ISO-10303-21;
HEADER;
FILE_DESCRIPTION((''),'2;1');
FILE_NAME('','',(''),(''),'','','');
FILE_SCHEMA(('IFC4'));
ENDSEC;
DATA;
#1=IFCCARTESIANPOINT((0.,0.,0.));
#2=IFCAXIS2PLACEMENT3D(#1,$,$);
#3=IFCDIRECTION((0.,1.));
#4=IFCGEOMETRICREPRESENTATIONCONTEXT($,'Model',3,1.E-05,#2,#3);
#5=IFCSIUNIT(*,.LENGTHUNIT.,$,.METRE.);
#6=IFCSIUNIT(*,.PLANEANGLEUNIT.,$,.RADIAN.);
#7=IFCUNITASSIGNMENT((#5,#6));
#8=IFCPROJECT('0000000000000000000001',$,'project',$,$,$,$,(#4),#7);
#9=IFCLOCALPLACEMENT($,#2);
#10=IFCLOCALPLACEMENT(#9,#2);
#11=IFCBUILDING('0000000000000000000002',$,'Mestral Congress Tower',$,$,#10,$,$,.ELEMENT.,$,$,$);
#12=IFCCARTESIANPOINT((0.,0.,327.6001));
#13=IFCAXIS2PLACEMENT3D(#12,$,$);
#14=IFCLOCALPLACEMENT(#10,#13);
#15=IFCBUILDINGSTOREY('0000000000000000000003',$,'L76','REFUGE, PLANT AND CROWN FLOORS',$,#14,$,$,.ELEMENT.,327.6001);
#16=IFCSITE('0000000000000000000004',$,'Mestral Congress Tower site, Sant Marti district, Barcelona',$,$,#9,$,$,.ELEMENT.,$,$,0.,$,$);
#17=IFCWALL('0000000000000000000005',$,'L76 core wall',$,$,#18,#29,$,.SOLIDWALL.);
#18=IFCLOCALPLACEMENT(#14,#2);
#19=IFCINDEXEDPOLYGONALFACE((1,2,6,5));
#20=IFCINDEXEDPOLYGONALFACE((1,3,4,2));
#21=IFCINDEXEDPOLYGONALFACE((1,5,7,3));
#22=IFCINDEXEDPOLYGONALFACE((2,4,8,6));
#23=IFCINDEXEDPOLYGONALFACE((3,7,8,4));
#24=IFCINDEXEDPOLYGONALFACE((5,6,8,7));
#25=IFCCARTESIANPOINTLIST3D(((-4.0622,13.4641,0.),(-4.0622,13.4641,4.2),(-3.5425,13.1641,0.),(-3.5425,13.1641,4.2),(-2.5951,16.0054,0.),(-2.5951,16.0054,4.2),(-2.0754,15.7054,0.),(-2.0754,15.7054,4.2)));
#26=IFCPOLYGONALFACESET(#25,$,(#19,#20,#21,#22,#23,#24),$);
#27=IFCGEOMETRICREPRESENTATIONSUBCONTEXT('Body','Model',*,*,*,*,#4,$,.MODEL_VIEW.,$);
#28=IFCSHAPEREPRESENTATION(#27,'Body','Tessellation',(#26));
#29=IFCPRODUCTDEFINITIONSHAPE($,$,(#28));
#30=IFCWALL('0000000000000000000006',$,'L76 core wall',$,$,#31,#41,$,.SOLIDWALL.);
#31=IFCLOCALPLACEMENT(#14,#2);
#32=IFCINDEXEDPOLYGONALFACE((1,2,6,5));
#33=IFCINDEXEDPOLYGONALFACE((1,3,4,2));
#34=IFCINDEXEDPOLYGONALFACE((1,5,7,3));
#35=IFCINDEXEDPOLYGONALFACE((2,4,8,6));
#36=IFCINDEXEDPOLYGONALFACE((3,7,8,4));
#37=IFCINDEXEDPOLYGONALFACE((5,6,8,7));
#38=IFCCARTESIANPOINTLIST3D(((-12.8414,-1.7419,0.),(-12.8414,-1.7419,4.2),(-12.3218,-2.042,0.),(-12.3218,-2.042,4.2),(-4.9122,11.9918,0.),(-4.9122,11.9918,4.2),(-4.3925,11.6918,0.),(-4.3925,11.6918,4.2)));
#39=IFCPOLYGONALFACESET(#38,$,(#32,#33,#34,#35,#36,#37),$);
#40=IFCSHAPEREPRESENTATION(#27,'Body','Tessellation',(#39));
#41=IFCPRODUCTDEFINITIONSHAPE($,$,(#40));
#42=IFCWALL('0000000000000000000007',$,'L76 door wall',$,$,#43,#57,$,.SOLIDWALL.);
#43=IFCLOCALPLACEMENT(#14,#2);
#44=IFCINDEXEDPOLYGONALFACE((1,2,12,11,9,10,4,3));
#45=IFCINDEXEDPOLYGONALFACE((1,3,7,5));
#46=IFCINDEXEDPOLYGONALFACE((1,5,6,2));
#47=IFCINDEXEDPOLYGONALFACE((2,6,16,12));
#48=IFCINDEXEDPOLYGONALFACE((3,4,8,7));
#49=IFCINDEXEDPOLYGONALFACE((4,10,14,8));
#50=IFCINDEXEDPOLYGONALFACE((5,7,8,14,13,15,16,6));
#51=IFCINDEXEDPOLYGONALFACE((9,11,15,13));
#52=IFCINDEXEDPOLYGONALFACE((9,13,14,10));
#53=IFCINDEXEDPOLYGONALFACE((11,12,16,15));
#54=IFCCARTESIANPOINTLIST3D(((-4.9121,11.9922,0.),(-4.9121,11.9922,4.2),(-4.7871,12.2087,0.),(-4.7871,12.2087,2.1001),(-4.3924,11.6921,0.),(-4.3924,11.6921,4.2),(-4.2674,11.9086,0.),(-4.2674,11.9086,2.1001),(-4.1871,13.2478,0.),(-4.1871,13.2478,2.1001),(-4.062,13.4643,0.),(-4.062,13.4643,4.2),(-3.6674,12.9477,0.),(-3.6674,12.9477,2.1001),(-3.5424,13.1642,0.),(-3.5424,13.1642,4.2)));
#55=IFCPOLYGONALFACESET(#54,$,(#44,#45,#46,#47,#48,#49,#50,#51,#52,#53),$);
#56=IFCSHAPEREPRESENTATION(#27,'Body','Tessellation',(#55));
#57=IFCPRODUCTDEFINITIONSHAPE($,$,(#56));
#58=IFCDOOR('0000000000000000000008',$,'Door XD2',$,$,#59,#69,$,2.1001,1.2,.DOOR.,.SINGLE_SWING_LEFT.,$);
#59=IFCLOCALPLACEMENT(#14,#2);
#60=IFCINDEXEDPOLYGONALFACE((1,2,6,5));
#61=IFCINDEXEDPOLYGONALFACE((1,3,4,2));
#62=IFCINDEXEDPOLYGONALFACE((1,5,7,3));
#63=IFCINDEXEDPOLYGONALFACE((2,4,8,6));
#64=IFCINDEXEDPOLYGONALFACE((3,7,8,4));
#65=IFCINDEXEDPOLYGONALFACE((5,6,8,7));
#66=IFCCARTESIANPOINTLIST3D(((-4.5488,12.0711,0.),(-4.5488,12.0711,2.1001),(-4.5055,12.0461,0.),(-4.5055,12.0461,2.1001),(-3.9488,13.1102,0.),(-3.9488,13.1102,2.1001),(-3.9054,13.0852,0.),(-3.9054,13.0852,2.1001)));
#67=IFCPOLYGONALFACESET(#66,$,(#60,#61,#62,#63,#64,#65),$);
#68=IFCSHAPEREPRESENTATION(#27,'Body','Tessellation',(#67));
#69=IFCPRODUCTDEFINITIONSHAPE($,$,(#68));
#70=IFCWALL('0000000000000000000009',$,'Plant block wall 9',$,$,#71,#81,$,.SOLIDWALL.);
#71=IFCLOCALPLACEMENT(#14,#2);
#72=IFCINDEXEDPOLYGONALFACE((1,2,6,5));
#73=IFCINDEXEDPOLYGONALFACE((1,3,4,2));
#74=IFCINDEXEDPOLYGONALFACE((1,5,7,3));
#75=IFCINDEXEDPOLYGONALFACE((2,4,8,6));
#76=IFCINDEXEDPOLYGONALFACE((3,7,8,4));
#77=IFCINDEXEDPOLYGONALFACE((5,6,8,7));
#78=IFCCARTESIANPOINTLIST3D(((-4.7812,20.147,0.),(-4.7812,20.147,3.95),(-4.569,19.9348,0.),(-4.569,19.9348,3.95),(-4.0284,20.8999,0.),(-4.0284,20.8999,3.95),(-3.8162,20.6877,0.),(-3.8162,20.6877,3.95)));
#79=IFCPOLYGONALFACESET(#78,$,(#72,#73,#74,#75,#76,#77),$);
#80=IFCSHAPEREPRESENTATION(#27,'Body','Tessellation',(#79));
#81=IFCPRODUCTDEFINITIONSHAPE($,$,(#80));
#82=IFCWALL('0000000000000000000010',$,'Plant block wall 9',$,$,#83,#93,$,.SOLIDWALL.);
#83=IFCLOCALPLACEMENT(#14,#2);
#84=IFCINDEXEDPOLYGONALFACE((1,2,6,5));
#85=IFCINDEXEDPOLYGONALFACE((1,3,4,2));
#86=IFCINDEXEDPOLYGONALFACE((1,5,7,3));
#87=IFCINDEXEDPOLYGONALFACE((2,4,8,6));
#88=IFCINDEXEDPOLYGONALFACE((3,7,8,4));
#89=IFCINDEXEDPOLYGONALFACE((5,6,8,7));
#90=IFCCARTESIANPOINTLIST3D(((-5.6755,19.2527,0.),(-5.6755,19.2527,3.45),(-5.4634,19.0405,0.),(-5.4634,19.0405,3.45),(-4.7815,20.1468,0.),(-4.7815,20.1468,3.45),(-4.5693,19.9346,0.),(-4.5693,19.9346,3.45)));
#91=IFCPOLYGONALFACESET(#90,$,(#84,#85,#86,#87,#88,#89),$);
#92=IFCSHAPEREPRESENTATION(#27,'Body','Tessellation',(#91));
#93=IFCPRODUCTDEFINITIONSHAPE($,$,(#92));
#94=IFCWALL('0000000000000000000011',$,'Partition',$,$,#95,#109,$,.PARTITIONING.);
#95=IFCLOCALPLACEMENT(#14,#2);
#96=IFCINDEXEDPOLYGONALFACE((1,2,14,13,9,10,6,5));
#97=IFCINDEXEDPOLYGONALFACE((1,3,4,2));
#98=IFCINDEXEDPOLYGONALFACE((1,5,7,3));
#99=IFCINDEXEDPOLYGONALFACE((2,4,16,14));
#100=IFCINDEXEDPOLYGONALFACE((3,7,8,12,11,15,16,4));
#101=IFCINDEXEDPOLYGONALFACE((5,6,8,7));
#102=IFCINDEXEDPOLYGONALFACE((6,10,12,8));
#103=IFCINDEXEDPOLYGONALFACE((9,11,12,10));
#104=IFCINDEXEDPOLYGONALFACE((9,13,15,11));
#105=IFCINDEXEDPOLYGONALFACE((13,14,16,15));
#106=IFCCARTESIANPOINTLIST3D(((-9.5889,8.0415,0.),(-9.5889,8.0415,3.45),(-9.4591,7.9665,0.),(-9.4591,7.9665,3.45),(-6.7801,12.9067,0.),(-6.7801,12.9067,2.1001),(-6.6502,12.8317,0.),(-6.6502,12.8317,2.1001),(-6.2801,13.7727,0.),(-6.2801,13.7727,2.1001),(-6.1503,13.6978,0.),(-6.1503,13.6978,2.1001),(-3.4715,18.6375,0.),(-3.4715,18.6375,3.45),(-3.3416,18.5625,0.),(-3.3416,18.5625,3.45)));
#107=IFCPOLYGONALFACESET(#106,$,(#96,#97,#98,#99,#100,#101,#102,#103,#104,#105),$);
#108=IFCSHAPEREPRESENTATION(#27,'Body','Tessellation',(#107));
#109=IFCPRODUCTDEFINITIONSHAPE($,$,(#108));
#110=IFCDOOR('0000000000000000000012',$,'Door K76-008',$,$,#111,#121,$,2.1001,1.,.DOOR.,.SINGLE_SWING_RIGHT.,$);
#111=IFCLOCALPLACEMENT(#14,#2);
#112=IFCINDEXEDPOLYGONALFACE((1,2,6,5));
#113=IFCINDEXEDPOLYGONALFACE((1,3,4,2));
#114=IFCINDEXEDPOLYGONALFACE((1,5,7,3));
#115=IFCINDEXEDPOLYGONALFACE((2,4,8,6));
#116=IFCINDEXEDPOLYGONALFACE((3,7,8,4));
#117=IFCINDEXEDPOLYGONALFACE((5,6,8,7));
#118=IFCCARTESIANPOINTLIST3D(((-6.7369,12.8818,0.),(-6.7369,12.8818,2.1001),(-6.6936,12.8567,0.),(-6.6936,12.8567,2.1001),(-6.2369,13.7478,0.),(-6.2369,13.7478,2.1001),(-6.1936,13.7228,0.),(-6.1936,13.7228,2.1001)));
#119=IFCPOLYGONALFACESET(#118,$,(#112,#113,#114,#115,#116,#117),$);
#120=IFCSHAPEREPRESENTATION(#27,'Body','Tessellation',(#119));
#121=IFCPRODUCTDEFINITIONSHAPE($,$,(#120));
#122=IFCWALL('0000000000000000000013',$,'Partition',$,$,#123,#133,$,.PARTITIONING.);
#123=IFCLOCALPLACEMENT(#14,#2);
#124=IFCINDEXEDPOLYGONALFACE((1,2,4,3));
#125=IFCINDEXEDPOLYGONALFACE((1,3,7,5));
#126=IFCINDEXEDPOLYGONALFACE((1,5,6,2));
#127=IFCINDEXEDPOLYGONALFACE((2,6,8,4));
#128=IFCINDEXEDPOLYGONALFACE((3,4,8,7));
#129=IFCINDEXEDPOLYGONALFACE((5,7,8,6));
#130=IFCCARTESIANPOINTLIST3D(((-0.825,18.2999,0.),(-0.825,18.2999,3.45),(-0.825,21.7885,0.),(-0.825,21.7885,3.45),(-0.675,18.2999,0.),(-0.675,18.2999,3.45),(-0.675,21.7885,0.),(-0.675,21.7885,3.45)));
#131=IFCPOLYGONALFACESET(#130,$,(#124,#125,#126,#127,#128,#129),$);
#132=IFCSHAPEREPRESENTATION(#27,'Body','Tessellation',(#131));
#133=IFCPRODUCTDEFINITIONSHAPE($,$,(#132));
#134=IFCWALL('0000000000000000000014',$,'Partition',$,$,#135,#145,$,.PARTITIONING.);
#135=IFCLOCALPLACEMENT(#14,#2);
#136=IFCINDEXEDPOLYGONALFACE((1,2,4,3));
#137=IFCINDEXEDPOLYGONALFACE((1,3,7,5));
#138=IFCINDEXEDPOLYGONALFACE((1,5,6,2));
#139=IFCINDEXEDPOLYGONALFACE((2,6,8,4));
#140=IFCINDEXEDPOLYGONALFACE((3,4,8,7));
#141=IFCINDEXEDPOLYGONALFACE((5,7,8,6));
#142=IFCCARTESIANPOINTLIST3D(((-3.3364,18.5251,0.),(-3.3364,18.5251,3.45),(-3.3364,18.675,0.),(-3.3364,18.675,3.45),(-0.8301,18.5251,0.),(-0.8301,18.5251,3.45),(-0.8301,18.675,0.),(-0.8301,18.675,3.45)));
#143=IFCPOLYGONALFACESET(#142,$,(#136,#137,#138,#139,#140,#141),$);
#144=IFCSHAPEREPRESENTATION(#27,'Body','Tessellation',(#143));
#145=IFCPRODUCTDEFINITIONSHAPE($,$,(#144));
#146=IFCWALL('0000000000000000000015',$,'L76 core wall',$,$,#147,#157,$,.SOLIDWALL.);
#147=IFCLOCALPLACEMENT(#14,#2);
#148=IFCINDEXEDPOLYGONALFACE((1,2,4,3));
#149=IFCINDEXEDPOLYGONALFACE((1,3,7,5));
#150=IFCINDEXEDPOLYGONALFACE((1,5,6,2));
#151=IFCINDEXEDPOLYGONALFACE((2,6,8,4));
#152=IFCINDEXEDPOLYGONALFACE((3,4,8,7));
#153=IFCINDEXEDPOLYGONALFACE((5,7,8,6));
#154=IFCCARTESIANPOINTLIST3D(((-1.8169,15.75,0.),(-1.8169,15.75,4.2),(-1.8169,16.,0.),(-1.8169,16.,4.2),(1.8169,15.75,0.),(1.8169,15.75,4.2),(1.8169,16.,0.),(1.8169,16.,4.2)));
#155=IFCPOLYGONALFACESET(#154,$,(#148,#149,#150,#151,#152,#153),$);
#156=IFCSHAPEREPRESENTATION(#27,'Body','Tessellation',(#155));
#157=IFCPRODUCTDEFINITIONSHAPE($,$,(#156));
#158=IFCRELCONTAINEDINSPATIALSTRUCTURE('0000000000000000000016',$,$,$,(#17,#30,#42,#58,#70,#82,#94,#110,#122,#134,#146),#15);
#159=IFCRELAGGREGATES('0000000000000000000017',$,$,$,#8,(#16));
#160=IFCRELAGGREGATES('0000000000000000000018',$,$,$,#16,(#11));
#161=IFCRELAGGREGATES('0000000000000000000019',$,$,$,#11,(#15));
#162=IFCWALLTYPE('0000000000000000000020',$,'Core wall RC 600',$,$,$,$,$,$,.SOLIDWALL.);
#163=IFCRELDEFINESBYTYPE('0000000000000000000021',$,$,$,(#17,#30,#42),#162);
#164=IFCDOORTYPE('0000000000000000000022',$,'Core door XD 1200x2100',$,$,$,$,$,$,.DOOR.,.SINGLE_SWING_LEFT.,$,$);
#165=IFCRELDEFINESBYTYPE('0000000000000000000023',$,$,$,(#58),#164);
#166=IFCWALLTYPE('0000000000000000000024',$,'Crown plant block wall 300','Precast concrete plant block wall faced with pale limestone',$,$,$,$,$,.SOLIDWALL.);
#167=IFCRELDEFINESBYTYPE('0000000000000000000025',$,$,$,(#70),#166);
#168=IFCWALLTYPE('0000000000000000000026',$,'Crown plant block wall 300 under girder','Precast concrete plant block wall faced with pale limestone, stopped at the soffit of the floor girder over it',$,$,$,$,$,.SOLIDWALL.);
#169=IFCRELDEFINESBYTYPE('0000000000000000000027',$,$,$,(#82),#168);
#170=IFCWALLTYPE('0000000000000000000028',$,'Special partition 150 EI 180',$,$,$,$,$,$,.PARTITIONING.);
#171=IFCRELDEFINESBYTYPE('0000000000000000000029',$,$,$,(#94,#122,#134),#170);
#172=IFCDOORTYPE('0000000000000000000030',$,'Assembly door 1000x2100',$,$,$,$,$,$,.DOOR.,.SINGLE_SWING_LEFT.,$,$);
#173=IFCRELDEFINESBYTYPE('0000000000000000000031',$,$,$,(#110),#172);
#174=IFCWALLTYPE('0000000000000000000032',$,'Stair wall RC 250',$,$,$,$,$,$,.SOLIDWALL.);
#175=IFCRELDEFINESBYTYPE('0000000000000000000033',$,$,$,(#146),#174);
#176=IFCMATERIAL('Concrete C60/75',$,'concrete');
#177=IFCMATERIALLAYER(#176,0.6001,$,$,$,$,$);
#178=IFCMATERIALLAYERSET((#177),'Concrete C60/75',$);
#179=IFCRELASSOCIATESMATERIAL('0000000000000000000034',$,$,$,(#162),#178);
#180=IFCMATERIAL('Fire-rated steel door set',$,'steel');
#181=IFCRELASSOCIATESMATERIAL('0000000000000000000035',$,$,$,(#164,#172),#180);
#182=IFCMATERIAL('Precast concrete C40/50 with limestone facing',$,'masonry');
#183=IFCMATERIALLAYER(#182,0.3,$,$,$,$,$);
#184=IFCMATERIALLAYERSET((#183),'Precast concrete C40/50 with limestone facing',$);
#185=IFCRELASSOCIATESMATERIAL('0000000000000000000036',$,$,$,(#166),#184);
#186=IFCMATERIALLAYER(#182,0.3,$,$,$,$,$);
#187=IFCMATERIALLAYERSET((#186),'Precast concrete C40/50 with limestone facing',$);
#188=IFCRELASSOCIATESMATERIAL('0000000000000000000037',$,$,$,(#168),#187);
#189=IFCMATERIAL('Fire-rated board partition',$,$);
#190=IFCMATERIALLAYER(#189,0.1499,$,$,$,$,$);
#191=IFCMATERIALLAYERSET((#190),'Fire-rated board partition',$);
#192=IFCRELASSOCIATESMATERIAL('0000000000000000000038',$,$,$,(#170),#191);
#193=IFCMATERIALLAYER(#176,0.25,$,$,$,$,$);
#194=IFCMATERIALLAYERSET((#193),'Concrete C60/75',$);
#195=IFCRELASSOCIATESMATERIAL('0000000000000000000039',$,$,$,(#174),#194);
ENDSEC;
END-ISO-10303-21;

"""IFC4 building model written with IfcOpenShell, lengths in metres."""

from ifc_helpers import new_model, si_unit, direction, frame, frame_2d, origin, place, context, subcontext, project, spatial, rectangle, extrude, material, layer, layer_set, type_object, element, fill, save


model = new_model("IFC4")

# Units and contexts
model_context = context("Model", 3, precision=1e-05, world=origin(), true_north=direction((0.0, 1.0)))
body_context = subcontext(model_context, "Body", "Model", "MODEL_VIEW")
ifc_project = project(units=[si_unit("LENGTHUNIT", "METRE"), si_unit("PLANEANGLEUNIT", "RADIAN")], contexts=[model_context])

# Site, building, storey
site_placement = place(None, origin())
site = spatial("IfcSite", under=ifc_project, at=site_placement, Name="Mestral Congress Tower site, Sant Marti district, Barcelona", CompositionType="ELEMENT", RefElevation=0.0)
building_placement = place(site_placement, origin())
building = spatial("IfcBuilding", under=site, at=building_placement, Name="Mestral Congress Tower", CompositionType="ELEMENT")
storey_placement = place(building_placement, frame((0.0, 0.0, 327.6001)))
storey = spatial("IfcBuildingStorey", under=building, at=storey_placement, Name="L76", Description="REFUGE, PLANT AND CROWN FLOORS", CompositionType="ELEMENT", Elevation=327.6001)

# Shared definitions
ifc_material_1 = material(Name="Concrete C60/75", Category="concrete")

# Walls
ifc_layer_1 = layer(ifc_material_1, 0.6001)
ifc_layer_set_1 = layer_set([ifc_layer_1], Name="Concrete C60/75")
wall_type_1 = type_object("IfcWallType", Name="Core wall RC 600", PredefinedType="SOLIDWALL", material=ifc_layer_set_1)
wall_1_placement = place(storey_placement, frame((-2.3352, 15.8555, 0.0), z_axis=(0.0, 0.0, 1.0), x_axis=(-0.49996, -0.866048, 0.0)))
element("IfcWall", 1, at=wall_1_placement, inside=storey, type_object=wall_type_1, Name="L76 core wall", PredefinedType="SOLIDWALL", context=body_context, shape_type="SweptSolid", body=[
    extrude(rectangle(XDim=2.9343, YDim=0.6001, at=frame_2d((1.4673, 0.0))), origin(), (0.0, 0.0, 1.0), 4.2),
])
wall_2_placement = place(storey_placement, frame((-4.6523, 11.8418, 0.0), z_axis=(0.0, 0.0, 1.0), x_axis=(-0.500004, -0.866023, 0.0)))
element("IfcWall", 2, at=wall_2_placement, inside=storey, type_object=wall_type_1, Name="L76 core wall", PredefinedType="SOLIDWALL", context=body_context, shape_type="SweptSolid", body=[
    extrude(rectangle(XDim=15.8584, YDim=0.6001, at=frame_2d((7.9292, 0.0))), origin(), (0.0, 0.0, 1.0), 4.2),
])

# Wall, opening, door
wall_3_placement = place(storey_placement, frame((-4.6523, 11.842, 0.0), z_axis=(0.0, 0.0, 1.0), x_axis=(0.500062, 0.865989, 0.0)))
wall_3 = element("IfcWall", 3, at=wall_3_placement, inside=storey, type_object=wall_type_1, Name="L76 door wall", PredefinedType="SOLIDWALL", context=body_context, shape_type="SweptSolid", body=[
    extrude(rectangle(XDim=1.7, YDim=0.6001, at=frame_2d((0.8501, 0.0))), origin(), (0.0, 0.0, 1.0), 4.2),
])
opening_1_placement = place(wall_3_placement, frame((0.25, 0.0, 0.0)))
opening_1 = element("IfcOpeningElement", 4, at=opening_1_placement, cuts=wall_3, PredefinedType="OPENING", context=body_context, shape_type="SweptSolid", body=[
    extrude(rectangle(XDim=1.2, YDim=2.1001, at=frame_2d((0.6001, 1.05))), frame((0.0, 0.3101, 0.0), z_axis=(0.0, -1.0, 0.0), x_axis=(1.0, 0.0, 0.0)), (0.0, 0.0, 1.0), 0.6201),
])
ifc_material_2 = material(Name="Fire-rated steel door set", Category="steel")
door_type_1 = type_object("IfcDoorType", Name="Core door XD 1200x2100", OperationType="SINGLE_SWING_LEFT", PredefinedType="DOOR", material=ifc_material_2)
door_1_placement = place(opening_1_placement, origin())
door_1 = element("IfcDoor", 5, at=door_1_placement, inside=storey, type_object=door_type_1, Name="Door XD2", OperationType="SINGLE_SWING_LEFT", OverallHeight=2.1001, OverallWidth=1.2, PredefinedType="DOOR", context=body_context, shape_type="SweptSolid", body=[
    extrude(rectangle(XDim=1.2, YDim=2.1001, at=frame_2d((0.6001, 1.05))), frame((0.0, 0.0249, 0.0), z_axis=(0.0, -1.0, 0.0), x_axis=(1.0, 0.0, 0.0)), (0.0, 0.0, 1.0), 0.05),
])
fill(opening_1, door_1)

# Walls
ifc_material_3 = material(Name="Precast concrete C40/50 with limestone facing", Category="masonry")
ifc_layer_2 = layer(ifc_material_3, 0.3)
ifc_layer_set_2 = layer_set([ifc_layer_2], Name="Precast concrete C40/50 with limestone facing")
wall_type_2 = type_object("IfcWallType", Name="Crown plant block wall 300", Description="Precast concrete plant block wall faced with pale limestone", PredefinedType="SOLIDWALL", material=ifc_layer_set_2)
wall_4_placement = place(storey_placement, frame((-3.9224, 20.7937, 0.0), z_axis=(0.0, 0.0, 1.0), x_axis=(-0.707107, -0.707107, 0.0)))
element("IfcWall", 6, at=wall_4_placement, inside=storey, type_object=wall_type_2, Name="Plant block wall 9", PredefinedType="SOLIDWALL", context=body_context, shape_type="SweptSolid", body=[
    extrude(rectangle(XDim=1.0647, YDim=0.3, at=frame_2d((0.5322, 0.0))), origin(), (0.0, 0.0, 1.0), 3.95),
])
ifc_layer_3 = layer(ifc_material_3, 0.3)
ifc_layer_set_3 = layer_set([ifc_layer_3], Name="Precast concrete C40/50 with limestone facing")
wall_type_3 = type_object("IfcWallType", Name="Crown plant block wall 300 under girder", Description="Precast concrete plant block wall faced with pale limestone, stopped at the soffit of the floor girder over it", PredefinedType="SOLIDWALL", material=ifc_layer_set_3)
wall_5_placement = place(storey_placement, frame((-4.6753, 20.0408, 0.0), z_axis=(0.0, 0.0, 1.0), x_axis=(-0.707107, -0.707107, 0.0)))
element("IfcWall", 7, at=wall_5_placement, inside=storey, type_object=wall_type_3, Name="Plant block wall 9", PredefinedType="SOLIDWALL", context=body_context, shape_type="SweptSolid", body=[
    extrude(rectangle(XDim=1.2644, YDim=0.3, at=frame_2d((0.6323, 0.0))), origin(), (0.0, 0.0, 1.0), 3.45),
])

# Wall, opening, door
ifc_material_4 = material(Name="Fire-rated board partition")
ifc_layer_4 = layer(ifc_material_4, 0.1499)
ifc_layer_set_4 = layer_set([ifc_layer_4], Name="Fire-rated board partition")
wall_type_4 = type_object("IfcWallType", Name="Special partition 150 EI 180", PredefinedType="PARTITIONING", material=ifc_layer_set_4)
wall_6_placement = place(storey_placement, frame((-3.4065, 18.6001, 0.0), z_axis=(0.0, 0.0, 1.0), x_axis=(-0.499991, -0.86603, 0.0)))
wall_6 = element("IfcWall", 8, at=wall_6_placement, inside=storey, type_object=wall_type_4, Name="Partition", PredefinedType="PARTITIONING", context=body_context, shape_type="SweptSolid", body=[
    extrude(rectangle(XDim=12.2351, YDim=0.1499, at=frame_2d((6.1177, 0.0))), origin(), (0.0, 0.0, 1.0), 3.45),
])
opening_2_placement = place(wall_6_placement, frame((5.6174, 0.0, 0.0)))
opening_2 = element("IfcOpeningElement", 9, at=opening_2_placement, cuts=wall_6, PredefinedType="OPENING", context=body_context, shape_type="SweptSolid", body=[
    extrude(rectangle(XDim=1.0, YDim=2.1001, at=frame_2d((0.5, 1.05))), frame((0.0, 0.085, 0.0), z_axis=(0.0, -1.0, 0.0), x_axis=(1.0, 0.0, 0.0)), (0.0, 0.0, 1.0), 0.1699),
])
door_type_2 = type_object("IfcDoorType", Name="Assembly door 1000x2100", OperationType="SINGLE_SWING_LEFT", PredefinedType="DOOR", material=ifc_material_2)
door_2_placement = place(opening_2_placement, origin())
door_2 = element("IfcDoor", 10, at=door_2_placement, inside=storey, type_object=door_type_2, Name="Door K76-008", OperationType="SINGLE_SWING_RIGHT", OverallHeight=2.1001, OverallWidth=1.0, PredefinedType="DOOR", context=body_context, shape_type="SweptSolid", body=[
    extrude(rectangle(XDim=1.0, YDim=2.1001, at=frame_2d((0.5, 1.05))), frame((0.0, 0.0249, 0.0), z_axis=(0.0, -1.0, 0.0), x_axis=(1.0, 0.0, 0.0)), (0.0, 0.0, 1.0), 0.05),
])
fill(opening_2, door_2)

# Walls
wall_7_placement = place(storey_placement, frame((-0.75, 18.3, 0.0), z_axis=(0.0, 0.0, 1.0), x_axis=(0.0, 1.0, 0.0)))
element("IfcWall", 11, at=wall_7_placement, inside=storey, type_object=wall_type_4, Name="Partition", PredefinedType="PARTITIONING", context=body_context, shape_type="SweptSolid", body=[
    extrude(rectangle(XDim=3.4885, YDim=0.1499, at=frame_2d((1.7441, 0.0))), origin(), (0.0, 0.0, 1.0), 3.45),
])
wall_8_placement = place(storey_placement, frame((-3.3364, 18.6001, 0.0), z_axis=(0.0, 0.0, 1.0), x_axis=(1.0, 0.0, 0.0)))
element("IfcWall", 12, at=wall_8_placement, inside=storey, type_object=wall_type_4, Name="Partition", PredefinedType="PARTITIONING", context=body_context, shape_type="SweptSolid", body=[
    extrude(rectangle(XDim=2.5063, YDim=0.1499, at=frame_2d((1.2532, 0.0))), origin(), (0.0, 0.0, 1.0), 3.45),
])
ifc_layer_5 = layer(ifc_material_1, 0.25)
ifc_layer_set_5 = layer_set([ifc_layer_5], Name="Concrete C60/75")
wall_type_5 = type_object("IfcWallType", Name="Stair wall RC 250", PredefinedType="SOLIDWALL", material=ifc_layer_set_5)
wall_9_placement = place(storey_placement, frame((-1.8169, 15.875, 0.0), z_axis=(0.0, 0.0, 1.0), x_axis=(1.0, 0.0, 0.0)))
element("IfcWall", 13, at=wall_9_placement, inside=storey, type_object=wall_type_5, Name="L76 core wall", PredefinedType="SOLIDWALL", context=body_context, shape_type="SweptSolid", body=[
    extrude(rectangle(XDim=3.6338, YDim=0.25, at=frame_2d((1.8169, 0.0))), origin(), (0.0, 0.0, 1.0), 4.2),
])

save(model, "model.ifc")
